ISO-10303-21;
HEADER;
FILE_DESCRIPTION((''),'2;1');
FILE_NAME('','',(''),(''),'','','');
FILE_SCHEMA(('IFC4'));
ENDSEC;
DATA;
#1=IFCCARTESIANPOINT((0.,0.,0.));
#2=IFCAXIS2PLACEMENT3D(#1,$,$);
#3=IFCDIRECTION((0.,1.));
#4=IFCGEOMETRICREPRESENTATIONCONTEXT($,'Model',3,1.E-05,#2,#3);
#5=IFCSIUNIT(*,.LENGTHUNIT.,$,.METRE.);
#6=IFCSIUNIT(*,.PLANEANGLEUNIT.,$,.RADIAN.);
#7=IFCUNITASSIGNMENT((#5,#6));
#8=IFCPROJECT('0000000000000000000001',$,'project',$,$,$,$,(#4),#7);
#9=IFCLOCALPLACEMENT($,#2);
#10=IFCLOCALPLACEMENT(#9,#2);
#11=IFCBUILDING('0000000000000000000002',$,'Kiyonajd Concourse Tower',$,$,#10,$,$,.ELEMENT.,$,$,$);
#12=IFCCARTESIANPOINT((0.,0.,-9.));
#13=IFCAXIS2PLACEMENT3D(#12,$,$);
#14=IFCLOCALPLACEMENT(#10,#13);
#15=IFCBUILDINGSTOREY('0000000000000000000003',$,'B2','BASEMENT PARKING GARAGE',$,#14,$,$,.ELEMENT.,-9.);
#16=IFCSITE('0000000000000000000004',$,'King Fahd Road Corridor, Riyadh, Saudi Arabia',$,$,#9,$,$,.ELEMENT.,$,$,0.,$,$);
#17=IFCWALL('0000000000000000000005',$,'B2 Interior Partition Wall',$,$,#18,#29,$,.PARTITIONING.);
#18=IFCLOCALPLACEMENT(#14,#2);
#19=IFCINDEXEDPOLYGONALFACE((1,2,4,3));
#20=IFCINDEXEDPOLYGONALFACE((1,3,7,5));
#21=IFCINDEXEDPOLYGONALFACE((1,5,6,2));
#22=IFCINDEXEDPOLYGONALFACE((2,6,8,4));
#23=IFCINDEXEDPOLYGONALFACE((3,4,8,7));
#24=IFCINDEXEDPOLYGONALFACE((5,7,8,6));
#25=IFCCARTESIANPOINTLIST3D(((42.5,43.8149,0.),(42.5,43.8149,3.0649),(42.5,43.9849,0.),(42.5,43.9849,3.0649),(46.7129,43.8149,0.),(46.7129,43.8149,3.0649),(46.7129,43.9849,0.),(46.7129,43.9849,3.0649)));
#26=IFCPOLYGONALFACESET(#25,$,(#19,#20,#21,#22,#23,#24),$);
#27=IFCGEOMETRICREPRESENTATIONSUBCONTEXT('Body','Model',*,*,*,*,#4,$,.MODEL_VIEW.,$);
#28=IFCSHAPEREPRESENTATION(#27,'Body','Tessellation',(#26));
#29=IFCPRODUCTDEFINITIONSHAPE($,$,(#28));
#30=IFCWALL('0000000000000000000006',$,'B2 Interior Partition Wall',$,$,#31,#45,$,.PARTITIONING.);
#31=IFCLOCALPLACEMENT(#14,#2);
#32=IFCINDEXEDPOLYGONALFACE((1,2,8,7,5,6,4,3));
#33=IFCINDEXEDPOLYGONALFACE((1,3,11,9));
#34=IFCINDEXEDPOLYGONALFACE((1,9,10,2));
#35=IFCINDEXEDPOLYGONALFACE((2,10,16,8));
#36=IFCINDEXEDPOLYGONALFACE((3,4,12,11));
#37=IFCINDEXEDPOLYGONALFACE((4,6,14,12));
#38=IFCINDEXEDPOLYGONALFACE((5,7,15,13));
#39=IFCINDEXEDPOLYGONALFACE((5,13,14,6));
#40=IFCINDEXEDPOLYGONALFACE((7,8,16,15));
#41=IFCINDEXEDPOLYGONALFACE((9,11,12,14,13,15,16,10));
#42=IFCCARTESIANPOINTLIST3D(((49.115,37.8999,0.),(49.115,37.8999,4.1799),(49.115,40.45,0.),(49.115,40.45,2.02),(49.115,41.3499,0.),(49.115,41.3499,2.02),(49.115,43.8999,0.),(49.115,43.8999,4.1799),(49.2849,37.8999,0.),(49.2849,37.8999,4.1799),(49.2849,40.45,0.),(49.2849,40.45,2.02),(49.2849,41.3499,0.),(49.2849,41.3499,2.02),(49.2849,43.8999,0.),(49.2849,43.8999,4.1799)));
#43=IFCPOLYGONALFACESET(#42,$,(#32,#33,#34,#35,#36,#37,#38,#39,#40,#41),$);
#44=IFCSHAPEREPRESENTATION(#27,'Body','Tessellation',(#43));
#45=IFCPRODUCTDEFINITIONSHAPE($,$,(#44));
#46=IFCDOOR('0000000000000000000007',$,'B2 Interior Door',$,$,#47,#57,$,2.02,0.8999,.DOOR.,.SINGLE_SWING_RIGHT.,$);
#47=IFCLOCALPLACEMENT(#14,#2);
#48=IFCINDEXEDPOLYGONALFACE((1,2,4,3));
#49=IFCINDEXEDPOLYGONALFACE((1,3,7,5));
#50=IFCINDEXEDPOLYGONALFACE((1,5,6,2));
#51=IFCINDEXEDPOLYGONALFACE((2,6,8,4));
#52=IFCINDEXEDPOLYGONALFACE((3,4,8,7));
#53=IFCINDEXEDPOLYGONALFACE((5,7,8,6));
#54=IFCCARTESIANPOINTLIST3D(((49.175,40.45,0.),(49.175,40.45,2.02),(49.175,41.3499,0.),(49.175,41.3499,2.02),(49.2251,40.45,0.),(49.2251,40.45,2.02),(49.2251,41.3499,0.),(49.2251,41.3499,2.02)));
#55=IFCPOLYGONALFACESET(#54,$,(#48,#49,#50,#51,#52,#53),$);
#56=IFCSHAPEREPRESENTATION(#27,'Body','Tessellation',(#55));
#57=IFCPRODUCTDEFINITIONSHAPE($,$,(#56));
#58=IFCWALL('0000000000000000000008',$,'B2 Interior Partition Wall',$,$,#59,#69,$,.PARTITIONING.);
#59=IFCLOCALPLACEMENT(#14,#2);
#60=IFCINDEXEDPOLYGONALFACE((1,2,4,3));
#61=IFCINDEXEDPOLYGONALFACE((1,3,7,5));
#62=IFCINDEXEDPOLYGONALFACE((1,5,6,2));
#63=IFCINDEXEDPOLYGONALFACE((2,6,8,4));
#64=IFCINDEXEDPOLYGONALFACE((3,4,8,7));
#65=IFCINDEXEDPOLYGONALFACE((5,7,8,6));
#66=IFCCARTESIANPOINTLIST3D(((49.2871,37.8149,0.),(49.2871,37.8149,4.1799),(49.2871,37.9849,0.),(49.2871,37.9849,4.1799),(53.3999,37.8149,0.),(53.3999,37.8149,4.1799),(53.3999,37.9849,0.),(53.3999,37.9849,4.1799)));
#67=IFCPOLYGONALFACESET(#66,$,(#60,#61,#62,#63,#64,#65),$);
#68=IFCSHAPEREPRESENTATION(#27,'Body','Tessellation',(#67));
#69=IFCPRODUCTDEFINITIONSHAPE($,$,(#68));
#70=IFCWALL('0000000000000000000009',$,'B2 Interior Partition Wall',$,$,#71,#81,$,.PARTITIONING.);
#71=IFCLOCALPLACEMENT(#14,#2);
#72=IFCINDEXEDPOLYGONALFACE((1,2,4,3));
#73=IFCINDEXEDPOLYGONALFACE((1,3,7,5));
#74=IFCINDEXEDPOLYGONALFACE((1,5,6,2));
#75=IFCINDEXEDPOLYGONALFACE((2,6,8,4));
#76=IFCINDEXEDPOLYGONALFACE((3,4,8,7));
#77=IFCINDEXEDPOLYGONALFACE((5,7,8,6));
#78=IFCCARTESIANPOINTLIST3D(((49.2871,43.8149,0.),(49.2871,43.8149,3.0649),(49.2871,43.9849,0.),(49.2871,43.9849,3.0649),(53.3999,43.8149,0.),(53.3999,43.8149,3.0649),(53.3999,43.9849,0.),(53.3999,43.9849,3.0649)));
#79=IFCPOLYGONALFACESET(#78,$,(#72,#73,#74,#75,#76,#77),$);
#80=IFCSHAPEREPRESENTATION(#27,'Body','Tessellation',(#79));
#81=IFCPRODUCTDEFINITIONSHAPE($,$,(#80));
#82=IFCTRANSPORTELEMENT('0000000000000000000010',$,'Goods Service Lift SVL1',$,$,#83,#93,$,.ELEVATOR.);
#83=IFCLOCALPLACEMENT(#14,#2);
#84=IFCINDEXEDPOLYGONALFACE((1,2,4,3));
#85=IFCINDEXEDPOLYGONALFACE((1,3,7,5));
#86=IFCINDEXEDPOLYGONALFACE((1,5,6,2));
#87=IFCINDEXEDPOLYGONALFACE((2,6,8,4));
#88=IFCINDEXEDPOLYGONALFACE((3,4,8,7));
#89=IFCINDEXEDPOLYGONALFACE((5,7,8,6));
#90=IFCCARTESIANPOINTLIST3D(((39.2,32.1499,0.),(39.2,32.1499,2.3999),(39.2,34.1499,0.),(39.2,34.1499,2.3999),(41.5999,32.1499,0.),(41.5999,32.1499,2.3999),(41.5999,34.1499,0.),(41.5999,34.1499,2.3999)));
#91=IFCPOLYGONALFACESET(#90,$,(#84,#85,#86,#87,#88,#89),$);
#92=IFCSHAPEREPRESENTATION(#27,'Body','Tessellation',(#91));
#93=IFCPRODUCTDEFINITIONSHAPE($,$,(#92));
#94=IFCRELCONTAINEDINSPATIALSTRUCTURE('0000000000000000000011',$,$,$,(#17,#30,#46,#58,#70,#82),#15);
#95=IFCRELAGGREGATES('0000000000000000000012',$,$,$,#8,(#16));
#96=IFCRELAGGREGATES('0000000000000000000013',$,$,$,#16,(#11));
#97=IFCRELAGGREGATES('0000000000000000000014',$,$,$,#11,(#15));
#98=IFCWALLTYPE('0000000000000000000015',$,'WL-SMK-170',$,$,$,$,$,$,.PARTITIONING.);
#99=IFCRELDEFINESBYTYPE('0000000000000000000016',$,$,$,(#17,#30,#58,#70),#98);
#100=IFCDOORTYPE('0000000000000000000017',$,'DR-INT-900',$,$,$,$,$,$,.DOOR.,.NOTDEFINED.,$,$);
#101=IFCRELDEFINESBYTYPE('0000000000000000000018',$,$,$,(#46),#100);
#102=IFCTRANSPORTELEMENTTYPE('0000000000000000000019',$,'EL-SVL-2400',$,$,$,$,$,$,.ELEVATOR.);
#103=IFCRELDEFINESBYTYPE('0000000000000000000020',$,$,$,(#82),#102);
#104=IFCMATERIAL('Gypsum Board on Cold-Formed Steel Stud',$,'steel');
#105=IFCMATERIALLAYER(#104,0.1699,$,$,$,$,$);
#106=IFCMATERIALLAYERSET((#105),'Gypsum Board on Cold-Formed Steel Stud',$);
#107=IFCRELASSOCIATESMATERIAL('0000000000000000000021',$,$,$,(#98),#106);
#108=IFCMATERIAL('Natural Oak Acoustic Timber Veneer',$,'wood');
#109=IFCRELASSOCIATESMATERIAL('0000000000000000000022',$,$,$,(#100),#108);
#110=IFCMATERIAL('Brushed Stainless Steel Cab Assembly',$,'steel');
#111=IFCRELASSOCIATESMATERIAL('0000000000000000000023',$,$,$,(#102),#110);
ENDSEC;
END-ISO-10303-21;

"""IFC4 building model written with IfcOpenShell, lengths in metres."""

from ifc_helpers import new_model, si_unit, direction, frame, frame_2d, origin, origin_2d, place, context, subcontext, project, spatial, rectangle, extrude, material, layer, layer_set, type_object, element, fill, save


model = new_model("IFC4")

# Units and contexts
model_context = context("Model", 3, precision=1e-05, world=origin(), true_north=direction((0.0, 1.0)))
body_context = subcontext(model_context, "Body", "Model", "MODEL_VIEW")
ifc_project = project(units=[si_unit("LENGTHUNIT", "METRE"), si_unit("PLANEANGLEUNIT", "RADIAN")], contexts=[model_context])

# Site, building, storey
site_placement = place(None, origin())
site = spatial("IfcSite", under=ifc_project, at=site_placement, Name="King Fahd Road Corridor, Riyadh, Saudi Arabia", CompositionType="ELEMENT", RefElevation=0.0)
building_placement = place(site_placement, origin())
building = spatial("IfcBuilding", under=site, at=building_placement, Name="Kiyonajd Concourse Tower", CompositionType="ELEMENT")
storey_placement = place(building_placement, frame((0.0, 0.0, -9.0)))
storey = spatial("IfcBuildingStorey", under=building, at=storey_placement, Name="B2", Description="BASEMENT PARKING GARAGE", CompositionType="ELEMENT", Elevation=-9.0)

# Shared definitions
ifc_material_1 = material(Name="Gypsum Board on Cold-Formed Steel Stud", Category="steel")
ifc_layer_1 = layer(ifc_material_1, 0.1699)
ifc_layer_set_1 = layer_set([ifc_layer_1], Name="Gypsum Board on Cold-Formed Steel Stud")
wall_type_1 = type_object("IfcWallType", Name="WL-SMK-170", PredefinedType="PARTITIONING", material=ifc_layer_set_1)
ifc_material_2 = material(Name="Natural Oak Acoustic Timber Veneer", Category="wood")
door_type = type_object("IfcDoorType", Name="DR-INT-900", OperationType="NOTDEFINED", PredefinedType="DOOR", material=ifc_material_2)

# Wall
wall_1_placement = place(storey_placement, frame((42.5, 43.8999, 0.0), z_axis=(0.0, 0.0, 1.0), x_axis=(1.0, 0.0, 0.0)))
element("IfcWall", 1, at=wall_1_placement, inside=storey, type_object=wall_type_1, Name="B2 Interior Partition Wall", PredefinedType="PARTITIONING", context=body_context, shape_type="SweptSolid", body=[
    extrude(rectangle(XDim=4.2129, YDim=0.1699, at=frame_2d((2.1064, 0.0))), origin(), (0.0, 0.0, 1.0), 3.0649),
])

# Wall, opening, door
wall_2_placement = place(storey_placement, frame((49.2, 37.8999, 0.0), z_axis=(0.0, 0.0, 1.0), x_axis=(0.0, 1.0, 0.0)))
wall_2 = element("IfcWall", 2, at=wall_2_placement, inside=storey, type_object=wall_type_1, Name="B2 Interior Partition Wall", PredefinedType="PARTITIONING", context=body_context, shape_type="SweptSolid", body=[
    extrude(rectangle(XDim=6.0, YDim=0.1699, at=frame_2d((3.0, 0.0))), origin(), (0.0, 0.0, 1.0), 4.1799),
])
opening_1_placement = place(wall_2_placement, frame((2.55, 0.0, 0.0)))
opening_1 = element("IfcOpeningElement", 3, at=opening_1_placement, cuts=wall_2, PredefinedType="OPENING", context=body_context, shape_type="SweptSolid", body=[
    extrude(rectangle(XDim=0.8999, YDim=2.02, at=frame_2d((0.45, 1.01))), frame((0.0, 0.095, 0.0), z_axis=(0.0, -1.0, 0.0), x_axis=(1.0, 0.0, 0.0)), (0.0, 0.0, 1.0), 0.1899),
])
door_1_placement = place(opening_1_placement, origin())
door_1 = element("IfcDoor", 4, at=door_1_placement, inside=storey, type_object=door_type, Name="B2 Interior Door", OperationType="SINGLE_SWING_RIGHT", OverallHeight=2.02, OverallWidth=0.8999, PredefinedType="DOOR", context=body_context, shape_type="SweptSolid", body=[
    extrude(rectangle(XDim=0.8999, YDim=2.02, at=frame_2d((0.45, 1.01))), frame((0.0, 0.0249, 0.0), z_axis=(0.0, -1.0, 0.0), x_axis=(1.0, 0.0, 0.0)), (0.0, 0.0, 1.0), 0.05),
])
fill(opening_1, door_1)

# Walls
wall_3_placement = place(storey_placement, frame((49.2871, 37.8999, 0.0), z_axis=(0.0, 0.0, 1.0), x_axis=(1.0, 0.0, 0.0)))
element("IfcWall", 5, at=wall_3_placement, inside=storey, type_object=wall_type_1, Name="B2 Interior Partition Wall", PredefinedType="PARTITIONING", context=body_context, shape_type="SweptSolid", body=[
    extrude(rectangle(XDim=4.1128, YDim=0.1699, at=frame_2d((2.0564, 0.0))), origin(), (0.0, 0.0, 1.0), 4.1799),
])
wall_4_placement = place(storey_placement, frame((49.2871, 43.8999, 0.0), z_axis=(0.0, 0.0, 1.0), x_axis=(1.0, 0.0, 0.0)))
element("IfcWall", 6, at=wall_4_placement, inside=storey, type_object=wall_type_1, Name="B2 Interior Partition Wall", PredefinedType="PARTITIONING", context=body_context, shape_type="SweptSolid", body=[
    extrude(rectangle(XDim=4.1128, YDim=0.1699, at=frame_2d((2.0564, 0.0))), origin(), (0.0, 0.0, 1.0), 3.0649),
])

# Transport element
ifc_material_3 = material(Name="Brushed Stainless Steel Cab Assembly", Category="steel")
transport_element_type = type_object("IfcTransportElementType", Name="EL-SVL-2400", PredefinedType="ELEVATOR", material=ifc_material_3)
transport_element_placement = place(storey_placement, frame((40.3999, 33.1499, 0.0), z_axis=(0.0, 0.0, 1.0), x_axis=(1.0, 0.0, 0.0)))
element("IfcTransportElement", 7, at=transport_element_placement, inside=storey, type_object=transport_element_type, Name="Goods Service Lift SVL1", PredefinedType="ELEVATOR", context=body_context, shape_type="SweptSolid", body=[
    extrude(rectangle(XDim=2.3999, YDim=2.0, at=origin_2d()), origin(), (0.0, 0.0, 1.0), 2.3999),
])

save(model, "model.ifc")
